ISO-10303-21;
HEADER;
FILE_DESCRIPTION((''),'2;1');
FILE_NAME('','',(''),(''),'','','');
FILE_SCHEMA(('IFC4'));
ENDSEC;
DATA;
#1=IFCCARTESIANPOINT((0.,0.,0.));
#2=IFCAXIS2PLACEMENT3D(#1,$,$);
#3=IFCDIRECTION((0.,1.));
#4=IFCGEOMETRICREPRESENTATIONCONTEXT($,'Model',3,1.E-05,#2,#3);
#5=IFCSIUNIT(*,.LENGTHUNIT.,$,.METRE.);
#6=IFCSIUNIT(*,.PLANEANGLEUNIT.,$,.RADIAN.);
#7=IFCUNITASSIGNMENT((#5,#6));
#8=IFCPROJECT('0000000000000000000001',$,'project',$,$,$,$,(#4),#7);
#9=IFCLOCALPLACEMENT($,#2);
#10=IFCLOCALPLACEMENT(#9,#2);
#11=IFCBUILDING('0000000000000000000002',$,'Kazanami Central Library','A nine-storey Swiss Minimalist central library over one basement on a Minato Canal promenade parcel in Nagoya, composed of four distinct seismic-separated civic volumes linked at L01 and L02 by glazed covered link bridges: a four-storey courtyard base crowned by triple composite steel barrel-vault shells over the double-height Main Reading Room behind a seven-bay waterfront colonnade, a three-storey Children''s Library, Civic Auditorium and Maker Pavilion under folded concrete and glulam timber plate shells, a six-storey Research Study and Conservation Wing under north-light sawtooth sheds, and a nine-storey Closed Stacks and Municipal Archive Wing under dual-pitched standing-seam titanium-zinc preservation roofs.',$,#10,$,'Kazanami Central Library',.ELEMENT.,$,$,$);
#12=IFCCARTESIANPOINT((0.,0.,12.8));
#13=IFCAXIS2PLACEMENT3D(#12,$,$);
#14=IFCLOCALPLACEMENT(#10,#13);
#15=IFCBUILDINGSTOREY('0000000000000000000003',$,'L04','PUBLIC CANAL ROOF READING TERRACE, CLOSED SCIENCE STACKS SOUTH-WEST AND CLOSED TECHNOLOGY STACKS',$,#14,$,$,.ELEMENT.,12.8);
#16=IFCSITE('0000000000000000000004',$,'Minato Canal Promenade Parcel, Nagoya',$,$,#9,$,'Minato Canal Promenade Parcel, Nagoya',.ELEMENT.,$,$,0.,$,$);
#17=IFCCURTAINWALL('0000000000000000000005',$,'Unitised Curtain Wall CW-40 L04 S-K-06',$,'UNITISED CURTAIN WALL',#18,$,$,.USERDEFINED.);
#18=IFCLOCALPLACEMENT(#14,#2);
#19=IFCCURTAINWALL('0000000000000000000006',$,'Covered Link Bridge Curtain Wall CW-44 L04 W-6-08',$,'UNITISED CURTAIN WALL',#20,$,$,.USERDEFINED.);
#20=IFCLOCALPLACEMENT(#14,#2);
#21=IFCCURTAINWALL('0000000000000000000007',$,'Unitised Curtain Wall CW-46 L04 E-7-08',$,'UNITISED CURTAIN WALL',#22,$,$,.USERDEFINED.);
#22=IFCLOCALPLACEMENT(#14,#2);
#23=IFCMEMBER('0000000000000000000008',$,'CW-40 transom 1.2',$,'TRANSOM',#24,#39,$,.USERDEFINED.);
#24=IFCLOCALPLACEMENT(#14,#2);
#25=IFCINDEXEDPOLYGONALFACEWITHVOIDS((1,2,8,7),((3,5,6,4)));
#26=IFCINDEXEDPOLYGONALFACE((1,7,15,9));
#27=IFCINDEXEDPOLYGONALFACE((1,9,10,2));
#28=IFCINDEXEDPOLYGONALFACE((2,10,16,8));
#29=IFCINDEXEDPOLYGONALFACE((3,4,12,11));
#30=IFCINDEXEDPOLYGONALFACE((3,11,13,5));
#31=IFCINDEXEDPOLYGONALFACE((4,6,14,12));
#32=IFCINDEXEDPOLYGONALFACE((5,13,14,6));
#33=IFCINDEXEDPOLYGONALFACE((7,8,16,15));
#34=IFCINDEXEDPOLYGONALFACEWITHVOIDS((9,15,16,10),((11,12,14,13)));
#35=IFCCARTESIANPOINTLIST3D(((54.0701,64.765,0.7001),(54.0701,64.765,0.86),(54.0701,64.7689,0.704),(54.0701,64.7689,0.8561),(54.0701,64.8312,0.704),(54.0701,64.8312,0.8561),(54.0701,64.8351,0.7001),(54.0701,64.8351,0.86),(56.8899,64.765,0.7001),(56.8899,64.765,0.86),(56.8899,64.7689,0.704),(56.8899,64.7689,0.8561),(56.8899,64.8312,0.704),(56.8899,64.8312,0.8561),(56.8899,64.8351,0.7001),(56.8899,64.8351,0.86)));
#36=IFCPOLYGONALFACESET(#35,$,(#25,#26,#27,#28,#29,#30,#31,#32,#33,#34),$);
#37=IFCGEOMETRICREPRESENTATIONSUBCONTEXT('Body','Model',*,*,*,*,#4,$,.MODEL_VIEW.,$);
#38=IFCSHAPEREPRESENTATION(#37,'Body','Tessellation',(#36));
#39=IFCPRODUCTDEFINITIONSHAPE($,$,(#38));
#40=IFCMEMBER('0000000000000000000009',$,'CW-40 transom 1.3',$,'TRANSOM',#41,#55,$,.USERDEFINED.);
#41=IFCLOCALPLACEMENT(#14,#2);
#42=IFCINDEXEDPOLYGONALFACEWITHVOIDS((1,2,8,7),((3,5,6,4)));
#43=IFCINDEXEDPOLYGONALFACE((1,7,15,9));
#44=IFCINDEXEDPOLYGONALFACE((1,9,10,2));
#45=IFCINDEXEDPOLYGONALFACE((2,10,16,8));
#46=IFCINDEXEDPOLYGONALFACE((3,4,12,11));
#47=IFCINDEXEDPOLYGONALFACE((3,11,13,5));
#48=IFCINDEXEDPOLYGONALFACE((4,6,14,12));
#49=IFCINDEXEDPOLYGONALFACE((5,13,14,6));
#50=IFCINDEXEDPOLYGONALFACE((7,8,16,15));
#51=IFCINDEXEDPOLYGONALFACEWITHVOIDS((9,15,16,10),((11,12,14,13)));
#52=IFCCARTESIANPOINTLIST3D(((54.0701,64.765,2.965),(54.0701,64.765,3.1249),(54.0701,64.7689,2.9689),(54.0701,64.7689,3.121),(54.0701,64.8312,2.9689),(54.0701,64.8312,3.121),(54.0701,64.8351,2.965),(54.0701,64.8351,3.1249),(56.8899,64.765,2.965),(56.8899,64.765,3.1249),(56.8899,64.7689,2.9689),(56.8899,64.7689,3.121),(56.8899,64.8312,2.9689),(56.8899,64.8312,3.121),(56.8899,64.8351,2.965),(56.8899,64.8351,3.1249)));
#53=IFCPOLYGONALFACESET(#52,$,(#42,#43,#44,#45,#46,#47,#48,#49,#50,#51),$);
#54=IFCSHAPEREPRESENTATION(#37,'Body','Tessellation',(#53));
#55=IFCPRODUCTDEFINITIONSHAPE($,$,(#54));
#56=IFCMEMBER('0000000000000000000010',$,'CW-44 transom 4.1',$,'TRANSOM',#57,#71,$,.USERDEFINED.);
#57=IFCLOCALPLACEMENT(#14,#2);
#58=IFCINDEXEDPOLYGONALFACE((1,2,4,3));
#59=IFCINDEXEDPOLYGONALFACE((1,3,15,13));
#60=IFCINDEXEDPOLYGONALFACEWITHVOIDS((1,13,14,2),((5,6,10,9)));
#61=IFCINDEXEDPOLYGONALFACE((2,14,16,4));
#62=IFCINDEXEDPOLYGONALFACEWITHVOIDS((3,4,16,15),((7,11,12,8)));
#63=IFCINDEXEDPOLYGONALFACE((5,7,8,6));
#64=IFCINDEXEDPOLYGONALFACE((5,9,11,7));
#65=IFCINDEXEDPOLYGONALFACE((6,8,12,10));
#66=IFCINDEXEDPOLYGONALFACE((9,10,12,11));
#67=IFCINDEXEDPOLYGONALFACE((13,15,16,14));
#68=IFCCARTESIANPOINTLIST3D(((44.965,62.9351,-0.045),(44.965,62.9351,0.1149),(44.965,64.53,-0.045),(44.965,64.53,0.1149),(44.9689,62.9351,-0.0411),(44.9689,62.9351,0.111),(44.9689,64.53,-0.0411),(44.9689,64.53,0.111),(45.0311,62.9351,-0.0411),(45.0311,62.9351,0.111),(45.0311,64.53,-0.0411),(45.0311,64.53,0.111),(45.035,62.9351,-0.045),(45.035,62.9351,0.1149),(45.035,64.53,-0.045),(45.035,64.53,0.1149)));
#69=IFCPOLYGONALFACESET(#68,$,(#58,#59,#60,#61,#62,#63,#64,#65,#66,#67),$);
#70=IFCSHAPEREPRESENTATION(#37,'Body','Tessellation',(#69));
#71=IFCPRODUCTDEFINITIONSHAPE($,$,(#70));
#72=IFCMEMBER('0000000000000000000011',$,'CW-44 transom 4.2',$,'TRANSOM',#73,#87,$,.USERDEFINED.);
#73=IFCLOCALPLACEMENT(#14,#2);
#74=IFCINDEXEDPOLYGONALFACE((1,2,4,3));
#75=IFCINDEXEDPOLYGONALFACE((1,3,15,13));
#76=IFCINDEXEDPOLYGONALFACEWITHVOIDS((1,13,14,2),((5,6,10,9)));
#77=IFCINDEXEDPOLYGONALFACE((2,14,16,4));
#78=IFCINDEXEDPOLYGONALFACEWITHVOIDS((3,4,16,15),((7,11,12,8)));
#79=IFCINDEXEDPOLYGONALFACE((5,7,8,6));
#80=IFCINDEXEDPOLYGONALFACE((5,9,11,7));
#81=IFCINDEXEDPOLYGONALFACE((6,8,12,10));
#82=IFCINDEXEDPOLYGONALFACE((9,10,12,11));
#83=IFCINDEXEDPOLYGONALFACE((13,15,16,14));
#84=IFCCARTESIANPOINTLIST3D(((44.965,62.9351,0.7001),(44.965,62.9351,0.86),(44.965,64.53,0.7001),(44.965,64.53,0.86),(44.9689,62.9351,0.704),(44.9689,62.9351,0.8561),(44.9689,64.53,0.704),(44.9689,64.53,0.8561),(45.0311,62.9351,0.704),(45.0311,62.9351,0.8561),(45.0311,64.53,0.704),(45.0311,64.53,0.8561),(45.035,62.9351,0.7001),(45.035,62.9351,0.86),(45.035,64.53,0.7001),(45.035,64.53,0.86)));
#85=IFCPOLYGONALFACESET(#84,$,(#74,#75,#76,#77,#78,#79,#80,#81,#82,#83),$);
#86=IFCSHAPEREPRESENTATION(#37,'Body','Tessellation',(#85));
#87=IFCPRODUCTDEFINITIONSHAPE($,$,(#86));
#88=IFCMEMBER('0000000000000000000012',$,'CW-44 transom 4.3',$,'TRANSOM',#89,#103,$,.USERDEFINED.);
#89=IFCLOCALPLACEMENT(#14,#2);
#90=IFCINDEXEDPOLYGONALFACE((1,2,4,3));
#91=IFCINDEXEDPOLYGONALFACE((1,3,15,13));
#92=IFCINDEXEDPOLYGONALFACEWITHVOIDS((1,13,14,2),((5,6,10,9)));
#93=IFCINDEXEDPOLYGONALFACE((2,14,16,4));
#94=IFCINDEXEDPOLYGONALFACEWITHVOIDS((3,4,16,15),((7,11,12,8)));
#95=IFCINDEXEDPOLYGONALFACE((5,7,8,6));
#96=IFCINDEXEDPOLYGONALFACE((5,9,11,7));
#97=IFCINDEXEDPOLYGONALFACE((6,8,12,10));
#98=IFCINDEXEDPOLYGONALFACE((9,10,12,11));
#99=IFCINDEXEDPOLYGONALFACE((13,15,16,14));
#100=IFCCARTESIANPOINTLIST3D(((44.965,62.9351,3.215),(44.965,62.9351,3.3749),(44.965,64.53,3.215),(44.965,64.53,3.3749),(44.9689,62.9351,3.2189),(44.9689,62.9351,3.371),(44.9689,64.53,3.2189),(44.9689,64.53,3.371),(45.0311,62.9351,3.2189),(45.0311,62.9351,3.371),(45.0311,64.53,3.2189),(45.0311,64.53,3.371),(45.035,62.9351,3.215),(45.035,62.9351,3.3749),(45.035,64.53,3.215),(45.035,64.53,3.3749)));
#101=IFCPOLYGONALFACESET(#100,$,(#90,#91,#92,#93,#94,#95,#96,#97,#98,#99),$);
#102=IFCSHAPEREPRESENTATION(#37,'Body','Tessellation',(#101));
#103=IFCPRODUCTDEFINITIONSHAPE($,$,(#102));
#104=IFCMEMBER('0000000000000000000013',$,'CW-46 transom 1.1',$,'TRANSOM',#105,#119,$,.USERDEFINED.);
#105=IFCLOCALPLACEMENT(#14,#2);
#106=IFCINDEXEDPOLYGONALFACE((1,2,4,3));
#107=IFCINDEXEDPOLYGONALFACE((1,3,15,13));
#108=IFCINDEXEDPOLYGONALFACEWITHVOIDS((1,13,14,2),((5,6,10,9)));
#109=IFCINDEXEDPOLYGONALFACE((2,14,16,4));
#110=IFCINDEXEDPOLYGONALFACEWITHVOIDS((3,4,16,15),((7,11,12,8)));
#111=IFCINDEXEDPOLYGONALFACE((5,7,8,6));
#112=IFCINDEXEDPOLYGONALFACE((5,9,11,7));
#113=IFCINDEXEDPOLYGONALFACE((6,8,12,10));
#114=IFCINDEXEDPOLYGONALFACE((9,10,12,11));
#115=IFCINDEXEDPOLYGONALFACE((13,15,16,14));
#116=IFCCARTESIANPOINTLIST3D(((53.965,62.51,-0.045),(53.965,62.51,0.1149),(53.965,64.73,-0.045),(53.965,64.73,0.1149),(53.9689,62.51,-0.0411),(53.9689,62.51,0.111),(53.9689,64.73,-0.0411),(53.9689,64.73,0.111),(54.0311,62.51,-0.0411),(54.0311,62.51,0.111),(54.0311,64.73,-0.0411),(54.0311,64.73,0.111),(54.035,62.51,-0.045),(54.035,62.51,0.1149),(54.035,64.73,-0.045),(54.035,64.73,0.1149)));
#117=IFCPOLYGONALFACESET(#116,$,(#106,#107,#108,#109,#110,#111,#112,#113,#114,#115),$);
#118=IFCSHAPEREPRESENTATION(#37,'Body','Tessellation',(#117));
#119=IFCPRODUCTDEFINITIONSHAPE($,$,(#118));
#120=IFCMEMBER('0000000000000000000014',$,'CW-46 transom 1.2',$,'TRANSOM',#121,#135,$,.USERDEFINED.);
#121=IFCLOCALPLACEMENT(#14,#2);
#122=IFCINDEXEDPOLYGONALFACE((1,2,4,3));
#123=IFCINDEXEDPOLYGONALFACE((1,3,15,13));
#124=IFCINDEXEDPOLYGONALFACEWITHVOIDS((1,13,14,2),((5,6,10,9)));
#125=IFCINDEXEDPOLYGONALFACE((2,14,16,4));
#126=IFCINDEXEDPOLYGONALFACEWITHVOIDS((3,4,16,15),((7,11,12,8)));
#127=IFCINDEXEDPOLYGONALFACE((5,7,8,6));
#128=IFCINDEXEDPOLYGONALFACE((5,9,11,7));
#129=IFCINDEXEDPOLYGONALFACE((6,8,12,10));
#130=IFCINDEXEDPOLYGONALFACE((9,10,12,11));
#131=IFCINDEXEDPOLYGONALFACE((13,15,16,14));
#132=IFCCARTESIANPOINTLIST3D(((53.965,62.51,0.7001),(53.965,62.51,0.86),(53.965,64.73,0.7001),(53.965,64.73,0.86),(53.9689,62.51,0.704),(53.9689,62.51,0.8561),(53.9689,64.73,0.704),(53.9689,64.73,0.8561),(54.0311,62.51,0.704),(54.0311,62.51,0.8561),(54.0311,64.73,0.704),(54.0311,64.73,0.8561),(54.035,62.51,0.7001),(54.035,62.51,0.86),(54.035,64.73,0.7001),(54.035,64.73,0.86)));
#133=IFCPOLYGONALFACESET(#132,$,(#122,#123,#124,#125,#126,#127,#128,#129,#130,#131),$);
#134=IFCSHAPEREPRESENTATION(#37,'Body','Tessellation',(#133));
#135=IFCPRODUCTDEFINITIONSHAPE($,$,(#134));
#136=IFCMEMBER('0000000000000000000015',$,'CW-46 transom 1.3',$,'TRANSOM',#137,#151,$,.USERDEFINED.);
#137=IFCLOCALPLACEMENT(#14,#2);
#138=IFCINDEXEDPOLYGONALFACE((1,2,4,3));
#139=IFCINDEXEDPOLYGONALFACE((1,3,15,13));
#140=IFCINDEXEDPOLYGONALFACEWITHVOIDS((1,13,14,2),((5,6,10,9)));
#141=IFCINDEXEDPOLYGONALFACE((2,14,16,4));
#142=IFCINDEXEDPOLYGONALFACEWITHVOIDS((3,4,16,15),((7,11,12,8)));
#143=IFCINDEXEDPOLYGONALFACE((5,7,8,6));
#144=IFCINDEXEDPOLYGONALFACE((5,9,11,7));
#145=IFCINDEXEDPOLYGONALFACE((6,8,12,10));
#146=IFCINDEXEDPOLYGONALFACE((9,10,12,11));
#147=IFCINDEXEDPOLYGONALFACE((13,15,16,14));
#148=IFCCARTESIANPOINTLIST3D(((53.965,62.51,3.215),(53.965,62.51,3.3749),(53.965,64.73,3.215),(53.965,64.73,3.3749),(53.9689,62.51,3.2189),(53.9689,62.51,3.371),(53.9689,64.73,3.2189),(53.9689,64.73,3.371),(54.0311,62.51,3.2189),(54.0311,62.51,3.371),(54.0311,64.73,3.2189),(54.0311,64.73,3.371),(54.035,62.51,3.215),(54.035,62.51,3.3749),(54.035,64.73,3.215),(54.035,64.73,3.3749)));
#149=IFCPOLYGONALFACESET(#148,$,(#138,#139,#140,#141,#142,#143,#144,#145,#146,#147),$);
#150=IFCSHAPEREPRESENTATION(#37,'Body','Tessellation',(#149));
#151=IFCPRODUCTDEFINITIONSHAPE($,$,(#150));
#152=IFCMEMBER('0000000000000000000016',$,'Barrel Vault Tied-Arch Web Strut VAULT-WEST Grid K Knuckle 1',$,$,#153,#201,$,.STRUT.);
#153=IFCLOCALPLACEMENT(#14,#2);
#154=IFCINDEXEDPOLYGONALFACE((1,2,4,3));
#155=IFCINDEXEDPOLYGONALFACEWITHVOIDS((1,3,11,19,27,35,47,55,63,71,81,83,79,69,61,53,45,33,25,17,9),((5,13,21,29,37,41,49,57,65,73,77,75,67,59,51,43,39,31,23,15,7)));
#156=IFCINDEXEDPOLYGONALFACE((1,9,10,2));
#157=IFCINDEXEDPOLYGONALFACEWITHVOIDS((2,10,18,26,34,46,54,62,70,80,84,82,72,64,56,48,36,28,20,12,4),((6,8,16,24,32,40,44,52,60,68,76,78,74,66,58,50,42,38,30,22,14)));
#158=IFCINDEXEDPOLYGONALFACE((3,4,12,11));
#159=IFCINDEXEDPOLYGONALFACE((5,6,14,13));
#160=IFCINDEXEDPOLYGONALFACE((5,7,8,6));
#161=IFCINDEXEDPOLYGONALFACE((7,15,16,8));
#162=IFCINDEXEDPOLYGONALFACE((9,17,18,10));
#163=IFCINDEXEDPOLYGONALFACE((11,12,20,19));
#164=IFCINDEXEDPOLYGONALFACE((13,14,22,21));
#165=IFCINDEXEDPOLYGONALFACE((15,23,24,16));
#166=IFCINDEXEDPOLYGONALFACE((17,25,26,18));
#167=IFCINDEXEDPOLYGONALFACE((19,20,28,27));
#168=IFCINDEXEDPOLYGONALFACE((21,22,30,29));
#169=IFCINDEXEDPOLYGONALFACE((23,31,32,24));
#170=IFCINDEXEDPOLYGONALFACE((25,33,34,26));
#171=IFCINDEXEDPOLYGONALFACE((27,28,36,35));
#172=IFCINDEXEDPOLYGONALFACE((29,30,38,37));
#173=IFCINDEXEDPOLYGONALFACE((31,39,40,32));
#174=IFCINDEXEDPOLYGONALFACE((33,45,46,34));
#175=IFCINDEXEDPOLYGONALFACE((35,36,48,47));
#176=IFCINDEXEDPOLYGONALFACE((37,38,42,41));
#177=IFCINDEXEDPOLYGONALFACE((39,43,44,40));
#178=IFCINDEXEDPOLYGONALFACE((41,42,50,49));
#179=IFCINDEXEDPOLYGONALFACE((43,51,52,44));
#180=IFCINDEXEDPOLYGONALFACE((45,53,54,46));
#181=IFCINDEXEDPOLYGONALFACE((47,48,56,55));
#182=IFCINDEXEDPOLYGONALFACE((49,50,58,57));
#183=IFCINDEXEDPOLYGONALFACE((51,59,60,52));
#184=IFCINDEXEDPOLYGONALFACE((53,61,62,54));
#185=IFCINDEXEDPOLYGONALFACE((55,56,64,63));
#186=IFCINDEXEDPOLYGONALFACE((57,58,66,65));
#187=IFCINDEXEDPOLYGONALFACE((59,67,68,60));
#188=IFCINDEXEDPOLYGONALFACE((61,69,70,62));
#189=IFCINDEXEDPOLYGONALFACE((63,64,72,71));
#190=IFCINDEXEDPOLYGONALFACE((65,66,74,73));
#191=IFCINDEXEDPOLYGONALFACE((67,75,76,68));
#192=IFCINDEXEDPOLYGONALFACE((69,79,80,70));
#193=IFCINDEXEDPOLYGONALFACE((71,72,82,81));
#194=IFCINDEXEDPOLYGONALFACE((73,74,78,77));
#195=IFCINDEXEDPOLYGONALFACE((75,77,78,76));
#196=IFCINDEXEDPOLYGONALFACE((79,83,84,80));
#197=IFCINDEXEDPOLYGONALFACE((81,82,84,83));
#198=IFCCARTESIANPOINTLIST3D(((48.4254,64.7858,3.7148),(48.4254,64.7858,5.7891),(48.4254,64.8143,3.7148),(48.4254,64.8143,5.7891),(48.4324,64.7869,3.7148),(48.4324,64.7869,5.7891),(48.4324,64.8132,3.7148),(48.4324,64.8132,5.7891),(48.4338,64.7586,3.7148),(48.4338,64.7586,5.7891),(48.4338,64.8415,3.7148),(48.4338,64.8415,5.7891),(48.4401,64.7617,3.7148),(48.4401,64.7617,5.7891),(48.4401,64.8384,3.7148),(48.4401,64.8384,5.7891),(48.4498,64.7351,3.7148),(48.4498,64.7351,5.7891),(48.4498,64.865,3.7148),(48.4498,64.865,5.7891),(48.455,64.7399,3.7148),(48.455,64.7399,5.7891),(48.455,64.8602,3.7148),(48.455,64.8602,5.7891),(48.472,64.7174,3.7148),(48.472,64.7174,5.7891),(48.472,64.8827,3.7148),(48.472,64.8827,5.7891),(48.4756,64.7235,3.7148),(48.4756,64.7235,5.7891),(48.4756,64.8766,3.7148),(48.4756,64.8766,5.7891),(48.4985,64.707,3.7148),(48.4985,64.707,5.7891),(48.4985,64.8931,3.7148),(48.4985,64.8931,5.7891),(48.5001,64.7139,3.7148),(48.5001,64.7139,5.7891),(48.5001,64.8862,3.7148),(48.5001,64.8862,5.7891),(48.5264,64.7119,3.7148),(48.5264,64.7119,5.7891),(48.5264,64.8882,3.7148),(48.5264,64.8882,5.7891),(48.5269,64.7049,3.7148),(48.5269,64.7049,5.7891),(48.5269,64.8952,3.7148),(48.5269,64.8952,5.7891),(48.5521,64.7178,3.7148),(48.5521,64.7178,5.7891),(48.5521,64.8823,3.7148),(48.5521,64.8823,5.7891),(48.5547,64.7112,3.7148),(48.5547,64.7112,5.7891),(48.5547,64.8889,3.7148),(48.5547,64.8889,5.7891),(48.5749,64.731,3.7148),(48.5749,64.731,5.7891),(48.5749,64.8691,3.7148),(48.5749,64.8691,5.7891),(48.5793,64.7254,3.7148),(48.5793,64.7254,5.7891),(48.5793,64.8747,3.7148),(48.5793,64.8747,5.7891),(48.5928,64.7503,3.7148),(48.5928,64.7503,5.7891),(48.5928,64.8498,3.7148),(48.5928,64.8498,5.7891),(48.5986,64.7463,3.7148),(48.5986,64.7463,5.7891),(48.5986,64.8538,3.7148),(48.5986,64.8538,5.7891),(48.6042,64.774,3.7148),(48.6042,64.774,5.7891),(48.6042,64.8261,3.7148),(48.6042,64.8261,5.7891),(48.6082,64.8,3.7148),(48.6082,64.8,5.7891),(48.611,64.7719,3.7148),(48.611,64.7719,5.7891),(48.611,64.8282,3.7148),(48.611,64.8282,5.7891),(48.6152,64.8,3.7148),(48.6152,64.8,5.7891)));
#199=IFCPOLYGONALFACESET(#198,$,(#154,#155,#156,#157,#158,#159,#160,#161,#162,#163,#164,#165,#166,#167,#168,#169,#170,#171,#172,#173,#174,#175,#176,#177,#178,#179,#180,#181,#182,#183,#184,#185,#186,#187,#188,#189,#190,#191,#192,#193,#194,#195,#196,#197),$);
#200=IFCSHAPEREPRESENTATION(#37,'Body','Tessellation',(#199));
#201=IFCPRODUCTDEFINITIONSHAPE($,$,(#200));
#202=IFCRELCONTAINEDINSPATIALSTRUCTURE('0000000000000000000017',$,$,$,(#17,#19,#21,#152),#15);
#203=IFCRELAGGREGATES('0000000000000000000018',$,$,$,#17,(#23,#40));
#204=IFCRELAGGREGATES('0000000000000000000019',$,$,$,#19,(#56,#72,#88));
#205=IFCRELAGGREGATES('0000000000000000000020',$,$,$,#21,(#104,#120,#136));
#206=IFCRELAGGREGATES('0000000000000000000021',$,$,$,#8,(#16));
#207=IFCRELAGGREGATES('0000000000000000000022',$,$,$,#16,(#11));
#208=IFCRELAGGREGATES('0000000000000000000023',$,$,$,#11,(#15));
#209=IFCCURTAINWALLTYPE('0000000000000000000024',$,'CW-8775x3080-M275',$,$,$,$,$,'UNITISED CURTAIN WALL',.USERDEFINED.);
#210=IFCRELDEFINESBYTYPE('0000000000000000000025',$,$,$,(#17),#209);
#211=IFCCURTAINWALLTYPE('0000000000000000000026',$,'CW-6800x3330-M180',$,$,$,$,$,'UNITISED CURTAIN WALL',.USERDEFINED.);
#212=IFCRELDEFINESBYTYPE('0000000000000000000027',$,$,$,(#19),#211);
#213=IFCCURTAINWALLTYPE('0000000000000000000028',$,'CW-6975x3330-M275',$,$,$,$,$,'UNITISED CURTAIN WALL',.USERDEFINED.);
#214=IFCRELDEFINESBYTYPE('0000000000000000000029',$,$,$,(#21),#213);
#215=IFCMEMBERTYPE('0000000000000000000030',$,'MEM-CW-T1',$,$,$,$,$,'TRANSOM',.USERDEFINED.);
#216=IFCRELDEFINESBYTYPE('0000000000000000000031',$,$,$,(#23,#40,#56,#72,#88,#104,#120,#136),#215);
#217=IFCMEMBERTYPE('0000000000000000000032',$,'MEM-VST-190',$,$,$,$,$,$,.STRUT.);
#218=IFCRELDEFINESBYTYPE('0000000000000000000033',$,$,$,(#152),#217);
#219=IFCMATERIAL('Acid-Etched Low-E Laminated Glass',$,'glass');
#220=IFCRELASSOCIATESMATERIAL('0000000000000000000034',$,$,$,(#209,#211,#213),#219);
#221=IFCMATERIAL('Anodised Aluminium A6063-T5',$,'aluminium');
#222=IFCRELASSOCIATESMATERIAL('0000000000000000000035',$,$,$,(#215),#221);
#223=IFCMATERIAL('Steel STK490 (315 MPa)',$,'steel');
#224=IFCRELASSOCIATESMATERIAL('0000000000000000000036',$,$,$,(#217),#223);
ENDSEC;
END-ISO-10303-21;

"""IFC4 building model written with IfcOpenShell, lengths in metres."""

from ifc_helpers import new_model, si_unit, direction, frame, origin, origin_2d, place, context, subcontext, project, spatial, hollow_rectangle, hollow_circle, extrude, material, material_profile, profile_set, type_object, element, aggregate, save


model = new_model("IFC4")

# Units and contexts
model_context = context("Model", 3, precision=1e-05, world=origin(), true_north=direction((0.0, 1.0)))
body_context = subcontext(model_context, "Body", "Model", "MODEL_VIEW")
ifc_project = project(units=[si_unit("LENGTHUNIT", "METRE"), si_unit("PLANEANGLEUNIT", "RADIAN")], contexts=[model_context])

# Site, building, storey
site_placement = place(None, origin())
site = spatial("IfcSite", under=ifc_project, at=site_placement, Name="Minato Canal Promenade Parcel, Nagoya", LongName="Minato Canal Promenade Parcel, Nagoya", CompositionType="ELEMENT", RefElevation=0.0)
building_placement = place(site_placement, origin())
building = spatial("IfcBuilding", under=site, at=building_placement, Name="Kazanami Central Library", Description="A nine-storey Swiss Minimalist central library over one basement on a Minato Canal promenade parcel in Nagoya, composed of four distinct seismic-separated civic volumes linked at L01 and L02 by glazed covered link bridges: a four-storey courtyard base crowned by triple composite steel barrel-vault shells over the double-height Main Reading Room behind a seven-bay waterfront colonnade, a three-storey Children's Library, Civic Auditorium and Maker Pavilion under folded concrete and glulam timber plate shells, a six-storey Research Study and Conservation Wing under north-light sawtooth sheds, and a nine-storey Closed Stacks and Municipal Archive Wing under dual-pitched standing-seam titanium-zinc preservation roofs.", LongName="Kazanami Central Library", CompositionType="ELEMENT")
storey_placement = place(building_placement, frame((0.0, 0.0, 12.8)))
storey = spatial("IfcBuildingStorey", under=building, at=storey_placement, Name="L04", Description="PUBLIC CANAL ROOF READING TERRACE, CLOSED SCIENCE STACKS SOUTH-WEST AND CLOSED TECHNOLOGY STACKS", CompositionType="ELEMENT", Elevation=12.8)

# Curtain wall
ifc_material_1 = material(Name="Acid-Etched Low-E Laminated Glass", Category="glass")
curtain_wall_type_1 = type_object("IfcCurtainWallType", Name="CW-8775x3080-M275", ElementType="UNITISED CURTAIN WALL", PredefinedType="USERDEFINED", material=ifc_material_1)
curtain_wall_1_placement = place(storey_placement, origin())
curtain_wall_1 = element("IfcCurtainWall", 1, at=curtain_wall_1_placement, inside=storey, type_object=curtain_wall_type_1, Name="Unitised Curtain Wall CW-40 L04 S-K-06", ObjectType="UNITISED CURTAIN WALL", PredefinedType="USERDEFINED")
ifc_material_2 = material(Name="Anodised Aluminium A6063-T5", Category="aluminium")

# Curtain wall
curtain_wall_type_2 = type_object("IfcCurtainWallType", Name="CW-6800x3330-M180", ElementType="UNITISED CURTAIN WALL", PredefinedType="USERDEFINED", material=ifc_material_1)
curtain_wall_2_placement = place(storey_placement, origin())
curtain_wall_2 = element("IfcCurtainWall", 2, at=curtain_wall_2_placement, inside=storey, type_object=curtain_wall_type_2, Name="Covered Link Bridge Curtain Wall CW-44 L04 W-6-08", ObjectType="UNITISED CURTAIN WALL", PredefinedType="USERDEFINED")

# Curtain wall
curtain_wall_type_3 = type_object("IfcCurtainWallType", Name="CW-6975x3330-M275", ElementType="UNITISED CURTAIN WALL", PredefinedType="USERDEFINED", material=ifc_material_1)
curtain_wall_3_placement = place(storey_placement, origin())
curtain_wall_3 = element("IfcCurtainWall", 3, at=curtain_wall_3_placement, inside=storey, type_object=curtain_wall_type_3, Name="Unitised Curtain Wall CW-46 L04 E-7-08", ObjectType="UNITISED CURTAIN WALL", PredefinedType="USERDEFINED")

# Members
ifc_material_profile_1 = material_profile(ifc_material_2, hollow_rectangle(XDim=0.0701, YDim=0.1599, WallThickness=0.0039, at=origin_2d()), Name="ALU-TRAN-70x160x4")
ifc_profile_set_1 = profile_set([ifc_material_profile_1], Name="Anodised Aluminium A6063-T5")
member_type_1 = type_object("IfcMemberType", Name="MEM-CW-T1", ElementType="TRANSOM", PredefinedType="USERDEFINED", material=ifc_profile_set_1)
member_1_placement = place(storey_placement, frame((54.0701, 64.8, 0.78), z_axis=(1.0, 0.0, 0.0), x_axis=(0.0, 1.0, 0.0)))
member_1 = element("IfcMember", 4, at=member_1_placement, type_object=member_type_1, Name="CW-40 transom 1.2", ObjectType="TRANSOM", PredefinedType="USERDEFINED", context=body_context, shape_type="SweptSolid", body=[
    extrude(hollow_rectangle(XDim=0.0701, YDim=0.1599, WallThickness=0.0039, at=origin_2d()), origin(), (0.0, 0.0, 1.0), 2.8198),
])
member_2_placement = place(storey_placement, frame((54.0701, 64.8, 3.0449), z_axis=(1.0, 0.0, 0.0), x_axis=(0.0, 1.0, 0.0)))
member_2 = element("IfcMember", 5, at=member_2_placement, type_object=member_type_1, Name="CW-40 transom 1.3", ObjectType="TRANSOM", PredefinedType="USERDEFINED", context=body_context, shape_type="SweptSolid", body=[
    extrude(hollow_rectangle(XDim=0.0701, YDim=0.1599, WallThickness=0.0039, at=origin_2d()), origin(), (0.0, 0.0, 1.0), 2.8198),
])
aggregate(curtain_wall_1, [member_1, member_2])
member_3_placement = place(storey_placement, frame((45.0, 62.9351, 0.0349), z_axis=(0.0, 1.0, 0.0), x_axis=(-1.0, 0.0, 0.0)))
member_3 = element("IfcMember", 6, at=member_3_placement, type_object=member_type_1, Name="CW-44 transom 4.1", ObjectType="TRANSOM", PredefinedType="USERDEFINED", context=body_context, shape_type="SweptSolid", body=[
    extrude(hollow_rectangle(XDim=0.0701, YDim=0.1599, WallThickness=0.0039, at=origin_2d()), origin(), (0.0, 0.0, 1.0), 1.595),
])
member_4_placement = place(storey_placement, frame((45.0, 62.9351, 0.78), z_axis=(0.0, 1.0, 0.0), x_axis=(-1.0, 0.0, 0.0)))
member_4 = element("IfcMember", 7, at=member_4_placement, type_object=member_type_1, Name="CW-44 transom 4.2", ObjectType="TRANSOM", PredefinedType="USERDEFINED", context=body_context, shape_type="SweptSolid", body=[
    extrude(hollow_rectangle(XDim=0.0701, YDim=0.1599, WallThickness=0.0039, at=origin_2d()), origin(), (0.0, 0.0, 1.0), 1.595),
])
member_5_placement = place(storey_placement, frame((45.0, 62.9351, 3.2949), z_axis=(0.0, 1.0, 0.0), x_axis=(-1.0, 0.0, 0.0)))
member_5 = element("IfcMember", 8, at=member_5_placement, type_object=member_type_1, Name="CW-44 transom 4.3", ObjectType="TRANSOM", PredefinedType="USERDEFINED", context=body_context, shape_type="SweptSolid", body=[
    extrude(hollow_rectangle(XDim=0.0701, YDim=0.1599, WallThickness=0.0039, at=origin_2d()), origin(), (0.0, 0.0, 1.0), 1.595),
])
member_6_placement = place(storey_placement, frame((54.0, 64.73, 0.0349), z_axis=(0.0, -1.0, 0.0), x_axis=(1.0, 0.0, 0.0)))
member_6 = element("IfcMember", 9, at=member_6_placement, type_object=member_type_1, Name="CW-46 transom 1.1", ObjectType="TRANSOM", PredefinedType="USERDEFINED", context=body_context, shape_type="SweptSolid", body=[
    extrude(hollow_rectangle(XDim=0.0701, YDim=0.1599, WallThickness=0.0039, at=origin_2d()), origin(), (0.0, 0.0, 1.0), 2.22),
])
member_7_placement = place(storey_placement, frame((54.0, 64.73, 0.78), z_axis=(0.0, -1.0, 0.0), x_axis=(1.0, 0.0, 0.0)))
member_7 = element("IfcMember", 10, at=member_7_placement, type_object=member_type_1, Name="CW-46 transom 1.2", ObjectType="TRANSOM", PredefinedType="USERDEFINED", context=body_context, shape_type="SweptSolid", body=[
    extrude(hollow_rectangle(XDim=0.0701, YDim=0.1599, WallThickness=0.0039, at=origin_2d()), origin(), (0.0, 0.0, 1.0), 2.22),
])
member_8_placement = place(storey_placement, frame((54.0, 64.73, 3.2949), z_axis=(0.0, -1.0, 0.0), x_axis=(1.0, 0.0, 0.0)))
member_8 = element("IfcMember", 11, at=member_8_placement, type_object=member_type_1, Name="CW-46 transom 1.3", ObjectType="TRANSOM", PredefinedType="USERDEFINED", context=body_context, shape_type="SweptSolid", body=[
    extrude(hollow_rectangle(XDim=0.0701, YDim=0.1599, WallThickness=0.0039, at=origin_2d()), origin(), (0.0, 0.0, 1.0), 2.22),
])

# Member
ifc_material_3 = material(Name="Steel STK490 (315 MPa)", Category="steel")
ifc_material_profile_2 = material_profile(ifc_material_3, hollow_circle(Radius=0.0955, WallThickness=0.0071, at=origin_2d()), Name="CHS-190.7x7.0")
ifc_profile_set_2 = profile_set([ifc_material_profile_2], Name="Steel STK490 (315 MPa)")
member_type_2 = type_object("IfcMemberType", Name="MEM-VST-190", PredefinedType="STRUT", material=ifc_profile_set_2)
member_9_placement = place(storey_placement, frame((48.5198, 64.8, 3.7148), z_axis=(0.0, 0.0, 1.0), x_axis=(1.0, 0.0, 0.0)))
element("IfcMember", 12, at=member_9_placement, inside=storey, type_object=member_type_2, Name="Barrel Vault Tied-Arch Web Strut VAULT-WEST Grid K Knuckle 1", PredefinedType="STRUT", context=body_context, shape_type="SweptSolid", body=[
    extrude(hollow_circle(Radius=0.0955, WallThickness=0.0071, at=origin_2d()), origin(), (0.0, 0.0, 1.0), 2.0742),
])

aggregate(curtain_wall_2, [member_3, member_4, member_5])
aggregate(curtain_wall_3, [member_6, member_7, member_8])

save(model, "model.ifc")
